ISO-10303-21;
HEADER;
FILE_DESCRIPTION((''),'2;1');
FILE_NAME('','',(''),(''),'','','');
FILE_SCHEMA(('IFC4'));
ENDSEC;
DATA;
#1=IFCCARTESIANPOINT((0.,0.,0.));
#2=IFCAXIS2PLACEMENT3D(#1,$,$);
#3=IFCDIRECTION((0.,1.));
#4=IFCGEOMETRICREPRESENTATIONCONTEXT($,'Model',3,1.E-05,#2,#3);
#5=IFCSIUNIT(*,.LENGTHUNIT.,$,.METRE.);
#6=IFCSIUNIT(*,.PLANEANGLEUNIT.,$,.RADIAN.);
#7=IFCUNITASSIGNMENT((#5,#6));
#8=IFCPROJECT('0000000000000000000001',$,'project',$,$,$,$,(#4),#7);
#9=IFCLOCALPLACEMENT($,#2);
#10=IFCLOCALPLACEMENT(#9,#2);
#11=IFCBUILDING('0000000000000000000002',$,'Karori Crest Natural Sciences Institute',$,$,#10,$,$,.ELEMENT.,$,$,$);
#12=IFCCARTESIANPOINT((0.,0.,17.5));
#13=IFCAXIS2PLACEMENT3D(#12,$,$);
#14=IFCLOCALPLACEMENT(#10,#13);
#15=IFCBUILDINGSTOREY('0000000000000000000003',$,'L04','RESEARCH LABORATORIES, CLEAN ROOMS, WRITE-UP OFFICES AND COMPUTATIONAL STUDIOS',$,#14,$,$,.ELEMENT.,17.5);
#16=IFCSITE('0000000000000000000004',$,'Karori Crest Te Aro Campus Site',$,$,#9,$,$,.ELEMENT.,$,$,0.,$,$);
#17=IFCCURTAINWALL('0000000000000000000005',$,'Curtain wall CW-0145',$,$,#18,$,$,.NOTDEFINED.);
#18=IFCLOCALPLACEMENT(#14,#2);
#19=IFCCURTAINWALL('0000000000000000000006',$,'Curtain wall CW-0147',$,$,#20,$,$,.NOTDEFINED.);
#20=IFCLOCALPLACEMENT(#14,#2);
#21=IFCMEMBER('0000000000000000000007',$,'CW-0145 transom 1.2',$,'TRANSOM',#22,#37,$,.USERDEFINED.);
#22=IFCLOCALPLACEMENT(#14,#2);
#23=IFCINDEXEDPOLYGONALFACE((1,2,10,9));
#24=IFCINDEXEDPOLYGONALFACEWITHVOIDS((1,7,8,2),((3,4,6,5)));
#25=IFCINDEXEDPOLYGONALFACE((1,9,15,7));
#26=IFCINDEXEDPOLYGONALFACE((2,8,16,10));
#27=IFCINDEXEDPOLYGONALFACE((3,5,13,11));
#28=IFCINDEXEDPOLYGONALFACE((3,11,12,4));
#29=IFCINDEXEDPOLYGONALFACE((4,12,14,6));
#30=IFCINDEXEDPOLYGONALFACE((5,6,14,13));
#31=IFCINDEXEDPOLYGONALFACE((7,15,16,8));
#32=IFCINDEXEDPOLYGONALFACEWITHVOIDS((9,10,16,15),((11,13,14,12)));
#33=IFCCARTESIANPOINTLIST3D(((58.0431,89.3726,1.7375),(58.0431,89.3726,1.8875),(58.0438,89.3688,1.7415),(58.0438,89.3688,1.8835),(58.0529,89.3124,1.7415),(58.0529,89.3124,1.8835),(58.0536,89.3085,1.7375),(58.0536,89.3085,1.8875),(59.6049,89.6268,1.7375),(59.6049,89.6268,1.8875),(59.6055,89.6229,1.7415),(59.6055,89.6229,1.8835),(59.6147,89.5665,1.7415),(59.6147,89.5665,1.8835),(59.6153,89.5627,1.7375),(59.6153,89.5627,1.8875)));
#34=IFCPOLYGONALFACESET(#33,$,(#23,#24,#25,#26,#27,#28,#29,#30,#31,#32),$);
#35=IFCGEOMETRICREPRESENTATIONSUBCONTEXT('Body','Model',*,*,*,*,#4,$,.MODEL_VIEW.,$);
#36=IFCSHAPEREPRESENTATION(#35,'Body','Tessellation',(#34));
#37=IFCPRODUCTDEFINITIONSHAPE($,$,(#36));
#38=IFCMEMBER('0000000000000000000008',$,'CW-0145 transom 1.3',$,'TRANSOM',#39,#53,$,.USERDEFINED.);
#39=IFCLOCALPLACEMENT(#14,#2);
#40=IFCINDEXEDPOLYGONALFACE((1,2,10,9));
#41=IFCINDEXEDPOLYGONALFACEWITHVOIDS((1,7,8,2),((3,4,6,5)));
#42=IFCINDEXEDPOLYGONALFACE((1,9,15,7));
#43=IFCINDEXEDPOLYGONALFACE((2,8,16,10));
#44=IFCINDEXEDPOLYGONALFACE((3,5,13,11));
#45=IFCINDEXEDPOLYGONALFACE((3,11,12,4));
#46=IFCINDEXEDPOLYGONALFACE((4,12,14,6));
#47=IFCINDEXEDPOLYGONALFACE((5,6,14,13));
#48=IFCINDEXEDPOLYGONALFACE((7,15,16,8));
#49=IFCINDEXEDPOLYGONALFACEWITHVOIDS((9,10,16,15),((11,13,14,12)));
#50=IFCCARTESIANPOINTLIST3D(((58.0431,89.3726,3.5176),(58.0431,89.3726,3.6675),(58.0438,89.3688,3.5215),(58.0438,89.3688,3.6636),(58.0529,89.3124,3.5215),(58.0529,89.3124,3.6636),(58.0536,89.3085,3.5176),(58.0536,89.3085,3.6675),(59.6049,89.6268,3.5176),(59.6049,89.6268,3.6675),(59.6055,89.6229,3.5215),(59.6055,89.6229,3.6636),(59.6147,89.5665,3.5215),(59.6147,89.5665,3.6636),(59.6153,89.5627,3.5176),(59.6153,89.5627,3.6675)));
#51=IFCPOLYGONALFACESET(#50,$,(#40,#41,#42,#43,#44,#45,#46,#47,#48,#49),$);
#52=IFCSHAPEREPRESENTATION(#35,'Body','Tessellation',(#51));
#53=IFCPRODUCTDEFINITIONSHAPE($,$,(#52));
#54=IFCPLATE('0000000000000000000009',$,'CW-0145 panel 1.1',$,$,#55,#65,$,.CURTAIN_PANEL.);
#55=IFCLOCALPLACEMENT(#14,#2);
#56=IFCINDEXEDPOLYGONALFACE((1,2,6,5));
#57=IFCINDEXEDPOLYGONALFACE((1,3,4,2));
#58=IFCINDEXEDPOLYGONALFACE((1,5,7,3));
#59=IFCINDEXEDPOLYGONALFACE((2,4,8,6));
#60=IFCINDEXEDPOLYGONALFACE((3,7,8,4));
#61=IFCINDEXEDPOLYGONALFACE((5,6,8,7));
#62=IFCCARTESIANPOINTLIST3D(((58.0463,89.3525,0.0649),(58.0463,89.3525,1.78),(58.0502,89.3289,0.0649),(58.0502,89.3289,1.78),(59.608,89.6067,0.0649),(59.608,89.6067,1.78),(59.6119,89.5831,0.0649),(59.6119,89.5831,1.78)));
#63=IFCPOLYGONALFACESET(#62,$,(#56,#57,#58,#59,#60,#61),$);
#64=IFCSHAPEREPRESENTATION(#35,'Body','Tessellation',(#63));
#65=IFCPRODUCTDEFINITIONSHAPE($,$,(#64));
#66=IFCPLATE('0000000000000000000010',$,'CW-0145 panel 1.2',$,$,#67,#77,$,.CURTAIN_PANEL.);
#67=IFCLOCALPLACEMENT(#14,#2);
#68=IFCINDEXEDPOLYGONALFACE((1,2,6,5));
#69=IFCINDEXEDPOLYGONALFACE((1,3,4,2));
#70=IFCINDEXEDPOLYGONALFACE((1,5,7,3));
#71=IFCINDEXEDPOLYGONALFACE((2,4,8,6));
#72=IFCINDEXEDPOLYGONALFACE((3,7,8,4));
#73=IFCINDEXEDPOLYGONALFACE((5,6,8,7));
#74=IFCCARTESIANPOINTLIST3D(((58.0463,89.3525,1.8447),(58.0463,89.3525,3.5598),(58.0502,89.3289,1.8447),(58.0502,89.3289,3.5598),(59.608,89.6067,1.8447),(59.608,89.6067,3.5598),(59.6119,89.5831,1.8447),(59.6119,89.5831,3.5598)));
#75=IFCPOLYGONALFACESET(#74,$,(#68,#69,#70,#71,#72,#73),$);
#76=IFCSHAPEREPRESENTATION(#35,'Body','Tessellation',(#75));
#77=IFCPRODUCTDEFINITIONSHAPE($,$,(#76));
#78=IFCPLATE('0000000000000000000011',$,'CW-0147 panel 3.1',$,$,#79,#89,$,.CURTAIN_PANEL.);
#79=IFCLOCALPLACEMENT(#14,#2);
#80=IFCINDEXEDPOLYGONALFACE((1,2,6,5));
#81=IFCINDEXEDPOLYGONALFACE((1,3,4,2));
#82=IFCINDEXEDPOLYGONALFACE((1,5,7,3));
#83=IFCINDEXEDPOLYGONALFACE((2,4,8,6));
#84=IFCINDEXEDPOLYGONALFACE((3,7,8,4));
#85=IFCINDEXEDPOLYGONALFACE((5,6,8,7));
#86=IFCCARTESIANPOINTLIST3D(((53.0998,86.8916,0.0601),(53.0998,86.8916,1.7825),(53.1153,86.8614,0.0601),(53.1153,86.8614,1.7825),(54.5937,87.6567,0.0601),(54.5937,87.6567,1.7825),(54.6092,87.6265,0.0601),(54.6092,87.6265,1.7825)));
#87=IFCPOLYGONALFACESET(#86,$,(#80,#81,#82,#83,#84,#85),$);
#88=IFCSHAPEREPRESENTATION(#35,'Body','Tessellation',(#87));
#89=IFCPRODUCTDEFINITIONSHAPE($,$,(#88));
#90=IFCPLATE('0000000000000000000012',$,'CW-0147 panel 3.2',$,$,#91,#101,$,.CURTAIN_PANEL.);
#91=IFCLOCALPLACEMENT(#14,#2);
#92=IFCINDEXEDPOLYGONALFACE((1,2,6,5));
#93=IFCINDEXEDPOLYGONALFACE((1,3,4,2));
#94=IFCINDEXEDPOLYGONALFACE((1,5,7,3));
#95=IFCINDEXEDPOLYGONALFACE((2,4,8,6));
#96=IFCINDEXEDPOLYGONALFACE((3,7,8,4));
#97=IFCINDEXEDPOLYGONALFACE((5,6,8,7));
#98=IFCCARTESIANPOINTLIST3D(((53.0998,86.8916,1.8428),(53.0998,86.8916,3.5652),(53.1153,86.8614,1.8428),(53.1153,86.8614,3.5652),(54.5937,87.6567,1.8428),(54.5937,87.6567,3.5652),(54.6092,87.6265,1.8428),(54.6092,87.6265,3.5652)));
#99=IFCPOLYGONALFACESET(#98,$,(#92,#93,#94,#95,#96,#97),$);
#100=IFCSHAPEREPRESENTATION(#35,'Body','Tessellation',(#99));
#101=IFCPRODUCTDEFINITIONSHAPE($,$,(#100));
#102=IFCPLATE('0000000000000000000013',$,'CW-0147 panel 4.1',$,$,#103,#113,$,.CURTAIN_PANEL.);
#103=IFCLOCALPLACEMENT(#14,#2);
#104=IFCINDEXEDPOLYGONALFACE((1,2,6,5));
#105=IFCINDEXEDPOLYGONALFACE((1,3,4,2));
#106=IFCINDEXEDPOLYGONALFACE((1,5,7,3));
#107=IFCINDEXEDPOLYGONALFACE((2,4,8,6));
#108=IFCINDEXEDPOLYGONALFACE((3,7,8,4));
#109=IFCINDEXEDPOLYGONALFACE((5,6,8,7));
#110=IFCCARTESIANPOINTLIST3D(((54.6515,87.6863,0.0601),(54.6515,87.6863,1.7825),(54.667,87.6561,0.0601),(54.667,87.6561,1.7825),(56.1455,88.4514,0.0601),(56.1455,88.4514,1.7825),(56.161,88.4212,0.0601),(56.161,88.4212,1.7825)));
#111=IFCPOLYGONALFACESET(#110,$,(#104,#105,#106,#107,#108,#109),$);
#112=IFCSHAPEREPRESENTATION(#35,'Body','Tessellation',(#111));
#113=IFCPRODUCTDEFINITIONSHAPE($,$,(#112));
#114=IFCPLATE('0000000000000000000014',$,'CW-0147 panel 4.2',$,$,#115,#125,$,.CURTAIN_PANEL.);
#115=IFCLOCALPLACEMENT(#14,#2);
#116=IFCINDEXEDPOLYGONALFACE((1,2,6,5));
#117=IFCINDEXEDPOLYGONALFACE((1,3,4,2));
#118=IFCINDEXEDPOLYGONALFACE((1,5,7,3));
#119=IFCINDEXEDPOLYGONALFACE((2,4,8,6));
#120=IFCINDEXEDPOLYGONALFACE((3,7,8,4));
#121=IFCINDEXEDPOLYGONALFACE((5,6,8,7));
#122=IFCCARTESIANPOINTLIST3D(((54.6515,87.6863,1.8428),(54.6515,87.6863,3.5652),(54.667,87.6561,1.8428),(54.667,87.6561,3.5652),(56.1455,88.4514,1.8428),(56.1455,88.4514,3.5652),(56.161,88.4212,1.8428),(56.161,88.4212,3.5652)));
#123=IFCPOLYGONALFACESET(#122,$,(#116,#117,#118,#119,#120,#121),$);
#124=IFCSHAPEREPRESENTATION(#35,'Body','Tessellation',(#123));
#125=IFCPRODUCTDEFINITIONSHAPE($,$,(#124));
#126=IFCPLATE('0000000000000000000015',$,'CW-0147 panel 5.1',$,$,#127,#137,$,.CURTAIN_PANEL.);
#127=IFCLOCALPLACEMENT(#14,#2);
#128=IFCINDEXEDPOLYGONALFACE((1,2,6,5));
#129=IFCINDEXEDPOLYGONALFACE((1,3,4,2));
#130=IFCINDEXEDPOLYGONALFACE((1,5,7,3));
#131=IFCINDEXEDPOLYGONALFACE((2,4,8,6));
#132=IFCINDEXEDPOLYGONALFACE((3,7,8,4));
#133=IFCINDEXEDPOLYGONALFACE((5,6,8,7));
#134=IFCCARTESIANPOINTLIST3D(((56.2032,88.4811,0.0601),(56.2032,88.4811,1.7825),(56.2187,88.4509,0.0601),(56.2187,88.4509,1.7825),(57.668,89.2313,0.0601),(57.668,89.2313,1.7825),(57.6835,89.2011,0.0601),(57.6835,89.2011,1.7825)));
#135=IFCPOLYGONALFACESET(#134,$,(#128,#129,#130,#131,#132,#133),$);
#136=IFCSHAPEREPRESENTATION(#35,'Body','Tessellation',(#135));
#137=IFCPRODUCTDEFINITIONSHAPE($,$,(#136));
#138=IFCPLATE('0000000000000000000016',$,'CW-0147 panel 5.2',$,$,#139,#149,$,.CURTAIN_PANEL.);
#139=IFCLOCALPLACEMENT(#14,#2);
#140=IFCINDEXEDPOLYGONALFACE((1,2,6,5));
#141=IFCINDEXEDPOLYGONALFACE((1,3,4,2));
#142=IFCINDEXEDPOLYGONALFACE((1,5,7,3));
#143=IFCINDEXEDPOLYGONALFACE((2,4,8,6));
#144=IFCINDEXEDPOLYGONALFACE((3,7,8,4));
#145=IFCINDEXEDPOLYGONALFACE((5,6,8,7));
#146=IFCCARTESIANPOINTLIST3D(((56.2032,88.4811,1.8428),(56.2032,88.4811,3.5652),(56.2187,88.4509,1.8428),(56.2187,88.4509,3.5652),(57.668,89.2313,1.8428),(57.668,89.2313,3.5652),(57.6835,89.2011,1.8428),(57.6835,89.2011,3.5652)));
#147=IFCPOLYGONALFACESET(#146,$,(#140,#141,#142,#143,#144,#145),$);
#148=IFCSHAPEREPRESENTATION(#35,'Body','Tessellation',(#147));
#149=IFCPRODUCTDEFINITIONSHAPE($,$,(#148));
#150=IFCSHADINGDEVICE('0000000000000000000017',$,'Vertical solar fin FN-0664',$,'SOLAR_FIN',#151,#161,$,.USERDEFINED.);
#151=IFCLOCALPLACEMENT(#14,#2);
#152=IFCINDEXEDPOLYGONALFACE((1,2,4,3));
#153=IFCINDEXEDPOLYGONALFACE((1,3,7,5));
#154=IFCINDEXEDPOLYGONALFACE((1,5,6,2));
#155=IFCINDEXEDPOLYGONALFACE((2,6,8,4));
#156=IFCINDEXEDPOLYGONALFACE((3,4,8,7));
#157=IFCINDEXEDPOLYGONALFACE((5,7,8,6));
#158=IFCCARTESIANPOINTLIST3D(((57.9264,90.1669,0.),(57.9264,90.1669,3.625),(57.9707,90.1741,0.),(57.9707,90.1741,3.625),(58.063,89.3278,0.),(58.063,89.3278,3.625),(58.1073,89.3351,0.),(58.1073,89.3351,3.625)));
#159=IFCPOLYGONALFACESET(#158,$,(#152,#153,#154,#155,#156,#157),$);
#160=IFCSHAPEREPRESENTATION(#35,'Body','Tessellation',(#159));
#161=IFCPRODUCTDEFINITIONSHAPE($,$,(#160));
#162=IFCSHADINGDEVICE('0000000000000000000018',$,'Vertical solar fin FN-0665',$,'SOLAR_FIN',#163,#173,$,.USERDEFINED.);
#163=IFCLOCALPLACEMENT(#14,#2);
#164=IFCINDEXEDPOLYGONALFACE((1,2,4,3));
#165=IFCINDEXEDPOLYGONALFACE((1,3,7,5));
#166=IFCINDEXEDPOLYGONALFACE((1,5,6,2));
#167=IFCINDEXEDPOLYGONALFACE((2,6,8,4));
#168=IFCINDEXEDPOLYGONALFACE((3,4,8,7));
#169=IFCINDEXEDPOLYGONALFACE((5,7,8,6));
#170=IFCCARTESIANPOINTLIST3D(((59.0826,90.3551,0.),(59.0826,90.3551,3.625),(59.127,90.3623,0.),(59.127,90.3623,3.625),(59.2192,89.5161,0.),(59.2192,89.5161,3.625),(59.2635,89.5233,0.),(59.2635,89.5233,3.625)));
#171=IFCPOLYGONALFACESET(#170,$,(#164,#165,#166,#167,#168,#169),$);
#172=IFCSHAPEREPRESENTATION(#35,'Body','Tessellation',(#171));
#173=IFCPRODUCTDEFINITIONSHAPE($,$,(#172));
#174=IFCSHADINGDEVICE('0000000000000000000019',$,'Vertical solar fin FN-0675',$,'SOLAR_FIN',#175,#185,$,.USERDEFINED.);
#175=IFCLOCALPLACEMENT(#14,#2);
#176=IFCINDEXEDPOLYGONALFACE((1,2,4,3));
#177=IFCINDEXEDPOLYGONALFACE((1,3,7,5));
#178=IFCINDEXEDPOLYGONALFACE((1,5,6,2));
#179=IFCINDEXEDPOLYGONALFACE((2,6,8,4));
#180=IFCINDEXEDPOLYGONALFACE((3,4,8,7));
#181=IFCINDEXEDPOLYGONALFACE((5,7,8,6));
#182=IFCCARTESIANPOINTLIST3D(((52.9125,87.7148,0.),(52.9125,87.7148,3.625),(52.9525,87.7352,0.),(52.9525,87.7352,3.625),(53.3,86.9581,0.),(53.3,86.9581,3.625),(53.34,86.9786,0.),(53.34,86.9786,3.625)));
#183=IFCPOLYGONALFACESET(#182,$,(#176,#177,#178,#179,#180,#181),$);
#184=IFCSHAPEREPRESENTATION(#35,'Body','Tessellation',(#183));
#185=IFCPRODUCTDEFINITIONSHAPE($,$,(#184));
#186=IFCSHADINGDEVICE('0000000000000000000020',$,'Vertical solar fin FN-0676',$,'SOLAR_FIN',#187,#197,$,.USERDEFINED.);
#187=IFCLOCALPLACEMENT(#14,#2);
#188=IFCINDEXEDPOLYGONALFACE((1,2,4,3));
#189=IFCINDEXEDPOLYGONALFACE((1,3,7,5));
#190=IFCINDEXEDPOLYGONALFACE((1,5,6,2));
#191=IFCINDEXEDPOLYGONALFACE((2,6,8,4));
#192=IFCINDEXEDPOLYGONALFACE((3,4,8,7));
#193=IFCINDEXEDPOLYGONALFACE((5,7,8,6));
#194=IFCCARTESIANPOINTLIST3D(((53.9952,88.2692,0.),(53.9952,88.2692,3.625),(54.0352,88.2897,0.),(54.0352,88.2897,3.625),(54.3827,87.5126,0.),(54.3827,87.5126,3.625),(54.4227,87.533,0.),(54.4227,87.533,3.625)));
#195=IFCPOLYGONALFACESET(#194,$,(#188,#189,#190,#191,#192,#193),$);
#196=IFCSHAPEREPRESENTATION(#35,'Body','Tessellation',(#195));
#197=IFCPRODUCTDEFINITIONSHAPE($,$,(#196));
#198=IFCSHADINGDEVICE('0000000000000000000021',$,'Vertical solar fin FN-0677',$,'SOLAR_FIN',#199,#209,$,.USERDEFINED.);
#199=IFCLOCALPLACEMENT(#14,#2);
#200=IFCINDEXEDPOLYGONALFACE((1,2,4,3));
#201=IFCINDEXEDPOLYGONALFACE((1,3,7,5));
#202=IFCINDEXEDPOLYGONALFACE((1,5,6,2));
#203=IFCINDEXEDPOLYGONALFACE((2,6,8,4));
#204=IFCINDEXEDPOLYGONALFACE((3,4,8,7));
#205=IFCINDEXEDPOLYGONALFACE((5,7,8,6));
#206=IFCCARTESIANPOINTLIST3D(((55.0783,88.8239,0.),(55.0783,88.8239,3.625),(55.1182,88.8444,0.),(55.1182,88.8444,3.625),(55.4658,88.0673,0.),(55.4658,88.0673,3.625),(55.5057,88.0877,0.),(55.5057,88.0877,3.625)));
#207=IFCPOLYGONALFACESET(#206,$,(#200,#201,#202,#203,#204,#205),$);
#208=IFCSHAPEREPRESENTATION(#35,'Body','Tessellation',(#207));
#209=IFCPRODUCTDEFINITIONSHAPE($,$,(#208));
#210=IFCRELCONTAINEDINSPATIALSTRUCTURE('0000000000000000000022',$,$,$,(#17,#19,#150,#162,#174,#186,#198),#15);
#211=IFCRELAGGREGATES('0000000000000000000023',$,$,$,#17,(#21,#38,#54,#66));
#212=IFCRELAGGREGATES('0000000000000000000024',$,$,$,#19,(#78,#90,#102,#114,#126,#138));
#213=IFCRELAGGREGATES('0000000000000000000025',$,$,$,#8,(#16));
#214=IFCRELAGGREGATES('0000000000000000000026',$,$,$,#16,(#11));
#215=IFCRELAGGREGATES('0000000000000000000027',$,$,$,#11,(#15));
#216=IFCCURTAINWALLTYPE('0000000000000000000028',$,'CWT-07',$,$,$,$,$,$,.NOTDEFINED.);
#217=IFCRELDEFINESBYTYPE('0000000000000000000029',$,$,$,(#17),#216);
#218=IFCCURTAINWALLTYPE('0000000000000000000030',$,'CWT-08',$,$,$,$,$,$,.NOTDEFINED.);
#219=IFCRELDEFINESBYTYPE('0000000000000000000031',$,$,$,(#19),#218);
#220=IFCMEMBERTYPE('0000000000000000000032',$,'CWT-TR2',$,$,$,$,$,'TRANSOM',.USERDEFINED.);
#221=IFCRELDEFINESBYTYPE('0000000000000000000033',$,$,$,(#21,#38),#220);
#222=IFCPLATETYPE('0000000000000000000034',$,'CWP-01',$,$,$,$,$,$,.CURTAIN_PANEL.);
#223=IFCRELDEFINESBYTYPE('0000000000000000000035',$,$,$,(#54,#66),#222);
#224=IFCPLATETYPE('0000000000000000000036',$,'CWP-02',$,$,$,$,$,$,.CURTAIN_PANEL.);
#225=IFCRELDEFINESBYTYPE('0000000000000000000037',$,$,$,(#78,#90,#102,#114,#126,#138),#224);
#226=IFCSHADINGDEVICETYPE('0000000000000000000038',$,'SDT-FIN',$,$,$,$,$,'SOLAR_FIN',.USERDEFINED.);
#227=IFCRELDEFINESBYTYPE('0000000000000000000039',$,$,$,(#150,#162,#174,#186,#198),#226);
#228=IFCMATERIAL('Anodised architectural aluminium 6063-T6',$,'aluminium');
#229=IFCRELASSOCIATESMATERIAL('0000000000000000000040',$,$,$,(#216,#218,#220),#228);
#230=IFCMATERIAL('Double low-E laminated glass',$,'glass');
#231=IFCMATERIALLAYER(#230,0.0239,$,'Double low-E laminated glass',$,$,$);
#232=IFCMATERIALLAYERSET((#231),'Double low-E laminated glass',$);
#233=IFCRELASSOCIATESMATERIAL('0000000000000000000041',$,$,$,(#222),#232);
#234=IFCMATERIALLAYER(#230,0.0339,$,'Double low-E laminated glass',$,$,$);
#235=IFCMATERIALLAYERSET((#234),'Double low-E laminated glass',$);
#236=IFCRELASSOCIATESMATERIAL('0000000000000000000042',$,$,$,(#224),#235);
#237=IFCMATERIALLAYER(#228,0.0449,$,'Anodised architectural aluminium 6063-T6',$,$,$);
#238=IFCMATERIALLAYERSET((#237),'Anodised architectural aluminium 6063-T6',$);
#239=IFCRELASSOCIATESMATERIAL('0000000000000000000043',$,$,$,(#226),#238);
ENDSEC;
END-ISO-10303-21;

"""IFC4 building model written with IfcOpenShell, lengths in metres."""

from ifc_helpers import new_model, si_unit, direction, frame, origin, origin_2d, place, context, subcontext, project, spatial, rectangle, hollow_rectangle, extrude, material, layer, layer_set, material_profile, profile_set, type_object, element, aggregate, save


model = new_model("IFC4")

# Units and contexts
model_context = context("Model", 3, precision=1e-05, world=origin(), true_north=direction((0.0, 1.0)))
body_context = subcontext(model_context, "Body", "Model", "MODEL_VIEW")
ifc_project = project(units=[si_unit("LENGTHUNIT", "METRE"), si_unit("PLANEANGLEUNIT", "RADIAN")], contexts=[model_context])

# Site, building, storey
site_placement = place(None, origin())
site = spatial("IfcSite", under=ifc_project, at=site_placement, Name="Karori Crest Te Aro Campus Site", CompositionType="ELEMENT", RefElevation=0.0)
building_placement = place(site_placement, origin())
building = spatial("IfcBuilding", under=site, at=building_placement, Name="Karori Crest Natural Sciences Institute", CompositionType="ELEMENT")
storey_placement = place(building_placement, frame((0.0, 0.0, 17.5)))
storey = spatial("IfcBuildingStorey", under=building, at=storey_placement, Name="L04", Description="RESEARCH LABORATORIES, CLEAN ROOMS, WRITE-UP OFFICES AND COMPUTATIONAL STUDIOS", CompositionType="ELEMENT", Elevation=17.5)

# Curtain walls
ifc_material_1 = material(Name="Anodised architectural aluminium 6063-T6", Category="aluminium")
curtain_wall_type_1 = type_object("IfcCurtainWallType", Name="CWT-07", PredefinedType="NOTDEFINED", material=ifc_material_1)
curtain_wall_1_placement = place(storey_placement, origin())
curtain_wall_1 = element("IfcCurtainWall", 1, at=curtain_wall_1_placement, inside=storey, type_object=curtain_wall_type_1, Name="Curtain wall CW-0145", PredefinedType="NOTDEFINED")
curtain_wall_type_2 = type_object("IfcCurtainWallType", Name="CWT-08", PredefinedType="NOTDEFINED", material=ifc_material_1)
curtain_wall_2_placement = place(storey_placement, origin())
curtain_wall_2 = element("IfcCurtainWall", 2, at=curtain_wall_2_placement, inside=storey, type_object=curtain_wall_type_2, Name="Curtain wall CW-0147", PredefinedType="NOTDEFINED")

# Members
ifc_material_profile_1 = material_profile(ifc_material_1, hollow_rectangle(XDim=0.0649, YDim=0.1499, WallThickness=0.0039, at=origin_2d()), Name="CWT150x65x4")
ifc_profile_set_1 = profile_set([ifc_material_profile_1], Name="Anodised architectural aluminium 6063-T6")
member_type_1 = type_object("IfcMemberType", Name="CWT-TR2", ElementType="TRANSOM", PredefinedType="USERDEFINED", material=ifc_profile_set_1)
member_1_placement = place(storey_placement, frame((58.0483, 89.3406, 1.8125), z_axis=(0.987016, 0.16062, 0.0), x_axis=(-0.16062, 0.987016, 0.0)))
member_1 = element("IfcMember", 3, at=member_1_placement, type_object=member_type_1, Name="CW-0145 transom 1.2", ObjectType="TRANSOM", PredefinedType="USERDEFINED", context=body_context, shape_type="SweptSolid", body=[
    extrude(hollow_rectangle(XDim=0.0649, YDim=0.1499, WallThickness=0.0039, at=origin_2d()), origin(), (0.0, 0.0, 1.0), 1.5823),
])
member_2_placement = place(storey_placement, frame((58.0483, 89.3406, 3.5925), z_axis=(0.987016, 0.16062, 0.0), x_axis=(-0.16062, 0.987016, 0.0)))
member_2 = element("IfcMember", 4, at=member_2_placement, type_object=member_type_1, Name="CW-0145 transom 1.3", ObjectType="TRANSOM", PredefinedType="USERDEFINED", context=body_context, shape_type="SweptSolid", body=[
    extrude(hollow_rectangle(XDim=0.0649, YDim=0.1499, WallThickness=0.0039, at=origin_2d()), origin(), (0.0, 0.0, 1.0), 1.5823),
])

# Plates
ifc_material_2 = material(Name="Double low-E laminated glass", Category="glass")
ifc_layer_1 = layer(ifc_material_2, 0.0239, Name="Double low-E laminated glass")
ifc_layer_set_1 = layer_set([ifc_layer_1], Name="Double low-E laminated glass")
plate_type_1 = type_object("IfcPlateType", Name="CWP-01", PredefinedType="CURTAIN_PANEL", material=ifc_layer_set_1)
plate_1_placement = place(storey_placement, frame((58.8291, 89.4678, 0.0649), z_axis=(0.0, 0.0, 1.0), x_axis=(0.987011, 0.16065, 0.0)))
plate_1 = element("IfcPlate", 5, at=plate_1_placement, type_object=plate_type_1, Name="CW-0145 panel 1.1", PredefinedType="CURTAIN_PANEL", context=body_context, shape_type="SweptSolid", body=[
    extrude(rectangle(XDim=1.5823, YDim=0.0239, at=origin_2d()), origin(), (0.0, 0.0, 1.0), 1.7151),
])
plate_2_placement = place(storey_placement, frame((58.8291, 89.4678, 1.8447), z_axis=(0.0, 0.0, 1.0), x_axis=(0.987011, 0.16065, 0.0)))
plate_2 = element("IfcPlate", 6, at=plate_2_placement, type_object=plate_type_1, Name="CW-0145 panel 1.2", PredefinedType="CURTAIN_PANEL", context=body_context, shape_type="SweptSolid", body=[
    extrude(rectangle(XDim=1.5823, YDim=0.0239, at=origin_2d()), origin(), (0.0, 0.0, 1.0), 1.7151),
])
aggregate(curtain_wall_1, [member_1, member_2, plate_1, plate_2])
ifc_layer_2 = layer(ifc_material_2, 0.0339, Name="Double low-E laminated glass")
ifc_layer_set_2 = layer_set([ifc_layer_2], Name="Double low-E laminated glass")
plate_type_2 = type_object("IfcPlateType", Name="CWP-02", PredefinedType="CURTAIN_PANEL", material=ifc_layer_set_2)
plate_3_placement = place(storey_placement, frame((53.8545, 87.259, 0.0601), z_axis=(0.0, 0.0, 1.0), x_axis=(0.890067, 0.455829, 0.0)))
plate_3 = element("IfcPlate", 7, at=plate_3_placement, type_object=plate_type_2, Name="CW-0147 panel 3.1", PredefinedType="CURTAIN_PANEL", context=body_context, shape_type="SweptSolid", body=[
    extrude(rectangle(XDim=1.6785, YDim=0.0339, at=origin_2d()), origin(), (0.0, 0.0, 1.0), 1.7224),
])
plate_4_placement = place(storey_placement, frame((53.8545, 87.259, 1.8428), z_axis=(0.0, 0.0, 1.0), x_axis=(0.890067, 0.455829, 0.0)))
plate_4 = element("IfcPlate", 8, at=plate_4_placement, type_object=plate_type_2, Name="CW-0147 panel 3.2", PredefinedType="CURTAIN_PANEL", context=body_context, shape_type="SweptSolid", body=[
    extrude(rectangle(XDim=1.6785, YDim=0.0339, at=origin_2d()), origin(), (0.0, 0.0, 1.0), 1.7224),
])
plate_5_placement = place(storey_placement, frame((55.4062, 88.0537, 0.0601), z_axis=(0.0, 0.0, 1.0), x_axis=(0.890067, 0.455829, 0.0)))
plate_5 = element("IfcPlate", 9, at=plate_5_placement, type_object=plate_type_2, Name="CW-0147 panel 4.1", PredefinedType="CURTAIN_PANEL", context=body_context, shape_type="SweptSolid", body=[
    extrude(rectangle(XDim=1.6785, YDim=0.0339, at=origin_2d()), origin(), (0.0, 0.0, 1.0), 1.7224),
])
plate_6_placement = place(storey_placement, frame((55.4062, 88.0537, 1.8428), z_axis=(0.0, 0.0, 1.0), x_axis=(0.890067, 0.455829, 0.0)))
plate_6 = element("IfcPlate", 10, at=plate_6_placement, type_object=plate_type_2, Name="CW-0147 panel 4.2", PredefinedType="CURTAIN_PANEL", context=body_context, shape_type="SweptSolid", body=[
    extrude(rectangle(XDim=1.6785, YDim=0.0339, at=origin_2d()), origin(), (0.0, 0.0, 1.0), 1.7224),
])
plate_7_placement = place(storey_placement, frame((56.9434, 88.8411, 0.0601), z_axis=(0.0, 0.0, 1.0), x_axis=(0.890067, 0.455829, 0.0)))
plate_7 = element("IfcPlate", 11, at=plate_7_placement, type_object=plate_type_2, Name="CW-0147 panel 5.1", PredefinedType="CURTAIN_PANEL", context=body_context, shape_type="SweptSolid", body=[
    extrude(rectangle(XDim=1.6458, YDim=0.0339, at=origin_2d()), origin(), (0.0, 0.0, 1.0), 1.7224),
])
plate_8_placement = place(storey_placement, frame((56.9434, 88.8411, 1.8428), z_axis=(0.0, 0.0, 1.0), x_axis=(0.890067, 0.455829, 0.0)))
plate_8 = element("IfcPlate", 12, at=plate_8_placement, type_object=plate_type_2, Name="CW-0147 panel 5.2", PredefinedType="CURTAIN_PANEL", context=body_context, shape_type="SweptSolid", body=[
    extrude(rectangle(XDim=1.6458, YDim=0.0339, at=origin_2d()), origin(), (0.0, 0.0, 1.0), 1.7224),
])
aggregate(curtain_wall_2, [plate_3, plate_4, plate_5, plate_6, plate_7, plate_8])

# Shading devices
ifc_layer_3 = layer(ifc_material_1, 0.0449, Name="Anodised architectural aluminium 6063-T6")
ifc_layer_set_3 = layer_set([ifc_layer_3], Name="Anodised architectural aluminium 6063-T6")
shading_device_type = type_object("IfcShadingDeviceType", Name="SDT-FIN", ElementType="SOLAR_FIN", PredefinedType="USERDEFINED", material=ifc_layer_set_3)
for number, where, z_axis, x_axis, name in (
    (13, (58.0168, 89.751, 0.0), (0.0, 0.0, 1.0), (-0.16065, 0.987012, 0.0), "Vertical solar fin FN-0664"),
    (14, (59.1731, 89.9392, 0.0), (0.0, 0.0, 1.0), (-0.16065, 0.987012, 0.0), "Vertical solar fin FN-0665"),
    (15, (53.1262, 87.3467, 0.0), (0.0, 0.0, 1.0), (-0.455829, 0.890067, 0.0), "Vertical solar fin FN-0675"),
    (16, (54.209, 87.9011, 0.0), (0.0, 0.0, 1.0), (-0.455829, 0.890067, 0.0), "Vertical solar fin FN-0676"),
    (17, (55.292, 88.4558, 0.0), (0.0, 0.0, 1.0), (-0.455829, 0.890067, 0.0), "Vertical solar fin FN-0677"),
):
    element("IfcShadingDevice", number, at=place(storey_placement, frame(where, z_axis=z_axis, x_axis=x_axis)), inside=storey, type_object=shading_device_type, Name=name, ObjectType="SOLAR_FIN", PredefinedType="USERDEFINED", context=body_context, shape_type="SweptSolid", body=[
        extrude(rectangle(XDim=0.8501, YDim=0.0449, at=origin_2d()), origin(), (0.0, 0.0, 1.0), 3.625),
    ])

save(model, "model.ifc")
